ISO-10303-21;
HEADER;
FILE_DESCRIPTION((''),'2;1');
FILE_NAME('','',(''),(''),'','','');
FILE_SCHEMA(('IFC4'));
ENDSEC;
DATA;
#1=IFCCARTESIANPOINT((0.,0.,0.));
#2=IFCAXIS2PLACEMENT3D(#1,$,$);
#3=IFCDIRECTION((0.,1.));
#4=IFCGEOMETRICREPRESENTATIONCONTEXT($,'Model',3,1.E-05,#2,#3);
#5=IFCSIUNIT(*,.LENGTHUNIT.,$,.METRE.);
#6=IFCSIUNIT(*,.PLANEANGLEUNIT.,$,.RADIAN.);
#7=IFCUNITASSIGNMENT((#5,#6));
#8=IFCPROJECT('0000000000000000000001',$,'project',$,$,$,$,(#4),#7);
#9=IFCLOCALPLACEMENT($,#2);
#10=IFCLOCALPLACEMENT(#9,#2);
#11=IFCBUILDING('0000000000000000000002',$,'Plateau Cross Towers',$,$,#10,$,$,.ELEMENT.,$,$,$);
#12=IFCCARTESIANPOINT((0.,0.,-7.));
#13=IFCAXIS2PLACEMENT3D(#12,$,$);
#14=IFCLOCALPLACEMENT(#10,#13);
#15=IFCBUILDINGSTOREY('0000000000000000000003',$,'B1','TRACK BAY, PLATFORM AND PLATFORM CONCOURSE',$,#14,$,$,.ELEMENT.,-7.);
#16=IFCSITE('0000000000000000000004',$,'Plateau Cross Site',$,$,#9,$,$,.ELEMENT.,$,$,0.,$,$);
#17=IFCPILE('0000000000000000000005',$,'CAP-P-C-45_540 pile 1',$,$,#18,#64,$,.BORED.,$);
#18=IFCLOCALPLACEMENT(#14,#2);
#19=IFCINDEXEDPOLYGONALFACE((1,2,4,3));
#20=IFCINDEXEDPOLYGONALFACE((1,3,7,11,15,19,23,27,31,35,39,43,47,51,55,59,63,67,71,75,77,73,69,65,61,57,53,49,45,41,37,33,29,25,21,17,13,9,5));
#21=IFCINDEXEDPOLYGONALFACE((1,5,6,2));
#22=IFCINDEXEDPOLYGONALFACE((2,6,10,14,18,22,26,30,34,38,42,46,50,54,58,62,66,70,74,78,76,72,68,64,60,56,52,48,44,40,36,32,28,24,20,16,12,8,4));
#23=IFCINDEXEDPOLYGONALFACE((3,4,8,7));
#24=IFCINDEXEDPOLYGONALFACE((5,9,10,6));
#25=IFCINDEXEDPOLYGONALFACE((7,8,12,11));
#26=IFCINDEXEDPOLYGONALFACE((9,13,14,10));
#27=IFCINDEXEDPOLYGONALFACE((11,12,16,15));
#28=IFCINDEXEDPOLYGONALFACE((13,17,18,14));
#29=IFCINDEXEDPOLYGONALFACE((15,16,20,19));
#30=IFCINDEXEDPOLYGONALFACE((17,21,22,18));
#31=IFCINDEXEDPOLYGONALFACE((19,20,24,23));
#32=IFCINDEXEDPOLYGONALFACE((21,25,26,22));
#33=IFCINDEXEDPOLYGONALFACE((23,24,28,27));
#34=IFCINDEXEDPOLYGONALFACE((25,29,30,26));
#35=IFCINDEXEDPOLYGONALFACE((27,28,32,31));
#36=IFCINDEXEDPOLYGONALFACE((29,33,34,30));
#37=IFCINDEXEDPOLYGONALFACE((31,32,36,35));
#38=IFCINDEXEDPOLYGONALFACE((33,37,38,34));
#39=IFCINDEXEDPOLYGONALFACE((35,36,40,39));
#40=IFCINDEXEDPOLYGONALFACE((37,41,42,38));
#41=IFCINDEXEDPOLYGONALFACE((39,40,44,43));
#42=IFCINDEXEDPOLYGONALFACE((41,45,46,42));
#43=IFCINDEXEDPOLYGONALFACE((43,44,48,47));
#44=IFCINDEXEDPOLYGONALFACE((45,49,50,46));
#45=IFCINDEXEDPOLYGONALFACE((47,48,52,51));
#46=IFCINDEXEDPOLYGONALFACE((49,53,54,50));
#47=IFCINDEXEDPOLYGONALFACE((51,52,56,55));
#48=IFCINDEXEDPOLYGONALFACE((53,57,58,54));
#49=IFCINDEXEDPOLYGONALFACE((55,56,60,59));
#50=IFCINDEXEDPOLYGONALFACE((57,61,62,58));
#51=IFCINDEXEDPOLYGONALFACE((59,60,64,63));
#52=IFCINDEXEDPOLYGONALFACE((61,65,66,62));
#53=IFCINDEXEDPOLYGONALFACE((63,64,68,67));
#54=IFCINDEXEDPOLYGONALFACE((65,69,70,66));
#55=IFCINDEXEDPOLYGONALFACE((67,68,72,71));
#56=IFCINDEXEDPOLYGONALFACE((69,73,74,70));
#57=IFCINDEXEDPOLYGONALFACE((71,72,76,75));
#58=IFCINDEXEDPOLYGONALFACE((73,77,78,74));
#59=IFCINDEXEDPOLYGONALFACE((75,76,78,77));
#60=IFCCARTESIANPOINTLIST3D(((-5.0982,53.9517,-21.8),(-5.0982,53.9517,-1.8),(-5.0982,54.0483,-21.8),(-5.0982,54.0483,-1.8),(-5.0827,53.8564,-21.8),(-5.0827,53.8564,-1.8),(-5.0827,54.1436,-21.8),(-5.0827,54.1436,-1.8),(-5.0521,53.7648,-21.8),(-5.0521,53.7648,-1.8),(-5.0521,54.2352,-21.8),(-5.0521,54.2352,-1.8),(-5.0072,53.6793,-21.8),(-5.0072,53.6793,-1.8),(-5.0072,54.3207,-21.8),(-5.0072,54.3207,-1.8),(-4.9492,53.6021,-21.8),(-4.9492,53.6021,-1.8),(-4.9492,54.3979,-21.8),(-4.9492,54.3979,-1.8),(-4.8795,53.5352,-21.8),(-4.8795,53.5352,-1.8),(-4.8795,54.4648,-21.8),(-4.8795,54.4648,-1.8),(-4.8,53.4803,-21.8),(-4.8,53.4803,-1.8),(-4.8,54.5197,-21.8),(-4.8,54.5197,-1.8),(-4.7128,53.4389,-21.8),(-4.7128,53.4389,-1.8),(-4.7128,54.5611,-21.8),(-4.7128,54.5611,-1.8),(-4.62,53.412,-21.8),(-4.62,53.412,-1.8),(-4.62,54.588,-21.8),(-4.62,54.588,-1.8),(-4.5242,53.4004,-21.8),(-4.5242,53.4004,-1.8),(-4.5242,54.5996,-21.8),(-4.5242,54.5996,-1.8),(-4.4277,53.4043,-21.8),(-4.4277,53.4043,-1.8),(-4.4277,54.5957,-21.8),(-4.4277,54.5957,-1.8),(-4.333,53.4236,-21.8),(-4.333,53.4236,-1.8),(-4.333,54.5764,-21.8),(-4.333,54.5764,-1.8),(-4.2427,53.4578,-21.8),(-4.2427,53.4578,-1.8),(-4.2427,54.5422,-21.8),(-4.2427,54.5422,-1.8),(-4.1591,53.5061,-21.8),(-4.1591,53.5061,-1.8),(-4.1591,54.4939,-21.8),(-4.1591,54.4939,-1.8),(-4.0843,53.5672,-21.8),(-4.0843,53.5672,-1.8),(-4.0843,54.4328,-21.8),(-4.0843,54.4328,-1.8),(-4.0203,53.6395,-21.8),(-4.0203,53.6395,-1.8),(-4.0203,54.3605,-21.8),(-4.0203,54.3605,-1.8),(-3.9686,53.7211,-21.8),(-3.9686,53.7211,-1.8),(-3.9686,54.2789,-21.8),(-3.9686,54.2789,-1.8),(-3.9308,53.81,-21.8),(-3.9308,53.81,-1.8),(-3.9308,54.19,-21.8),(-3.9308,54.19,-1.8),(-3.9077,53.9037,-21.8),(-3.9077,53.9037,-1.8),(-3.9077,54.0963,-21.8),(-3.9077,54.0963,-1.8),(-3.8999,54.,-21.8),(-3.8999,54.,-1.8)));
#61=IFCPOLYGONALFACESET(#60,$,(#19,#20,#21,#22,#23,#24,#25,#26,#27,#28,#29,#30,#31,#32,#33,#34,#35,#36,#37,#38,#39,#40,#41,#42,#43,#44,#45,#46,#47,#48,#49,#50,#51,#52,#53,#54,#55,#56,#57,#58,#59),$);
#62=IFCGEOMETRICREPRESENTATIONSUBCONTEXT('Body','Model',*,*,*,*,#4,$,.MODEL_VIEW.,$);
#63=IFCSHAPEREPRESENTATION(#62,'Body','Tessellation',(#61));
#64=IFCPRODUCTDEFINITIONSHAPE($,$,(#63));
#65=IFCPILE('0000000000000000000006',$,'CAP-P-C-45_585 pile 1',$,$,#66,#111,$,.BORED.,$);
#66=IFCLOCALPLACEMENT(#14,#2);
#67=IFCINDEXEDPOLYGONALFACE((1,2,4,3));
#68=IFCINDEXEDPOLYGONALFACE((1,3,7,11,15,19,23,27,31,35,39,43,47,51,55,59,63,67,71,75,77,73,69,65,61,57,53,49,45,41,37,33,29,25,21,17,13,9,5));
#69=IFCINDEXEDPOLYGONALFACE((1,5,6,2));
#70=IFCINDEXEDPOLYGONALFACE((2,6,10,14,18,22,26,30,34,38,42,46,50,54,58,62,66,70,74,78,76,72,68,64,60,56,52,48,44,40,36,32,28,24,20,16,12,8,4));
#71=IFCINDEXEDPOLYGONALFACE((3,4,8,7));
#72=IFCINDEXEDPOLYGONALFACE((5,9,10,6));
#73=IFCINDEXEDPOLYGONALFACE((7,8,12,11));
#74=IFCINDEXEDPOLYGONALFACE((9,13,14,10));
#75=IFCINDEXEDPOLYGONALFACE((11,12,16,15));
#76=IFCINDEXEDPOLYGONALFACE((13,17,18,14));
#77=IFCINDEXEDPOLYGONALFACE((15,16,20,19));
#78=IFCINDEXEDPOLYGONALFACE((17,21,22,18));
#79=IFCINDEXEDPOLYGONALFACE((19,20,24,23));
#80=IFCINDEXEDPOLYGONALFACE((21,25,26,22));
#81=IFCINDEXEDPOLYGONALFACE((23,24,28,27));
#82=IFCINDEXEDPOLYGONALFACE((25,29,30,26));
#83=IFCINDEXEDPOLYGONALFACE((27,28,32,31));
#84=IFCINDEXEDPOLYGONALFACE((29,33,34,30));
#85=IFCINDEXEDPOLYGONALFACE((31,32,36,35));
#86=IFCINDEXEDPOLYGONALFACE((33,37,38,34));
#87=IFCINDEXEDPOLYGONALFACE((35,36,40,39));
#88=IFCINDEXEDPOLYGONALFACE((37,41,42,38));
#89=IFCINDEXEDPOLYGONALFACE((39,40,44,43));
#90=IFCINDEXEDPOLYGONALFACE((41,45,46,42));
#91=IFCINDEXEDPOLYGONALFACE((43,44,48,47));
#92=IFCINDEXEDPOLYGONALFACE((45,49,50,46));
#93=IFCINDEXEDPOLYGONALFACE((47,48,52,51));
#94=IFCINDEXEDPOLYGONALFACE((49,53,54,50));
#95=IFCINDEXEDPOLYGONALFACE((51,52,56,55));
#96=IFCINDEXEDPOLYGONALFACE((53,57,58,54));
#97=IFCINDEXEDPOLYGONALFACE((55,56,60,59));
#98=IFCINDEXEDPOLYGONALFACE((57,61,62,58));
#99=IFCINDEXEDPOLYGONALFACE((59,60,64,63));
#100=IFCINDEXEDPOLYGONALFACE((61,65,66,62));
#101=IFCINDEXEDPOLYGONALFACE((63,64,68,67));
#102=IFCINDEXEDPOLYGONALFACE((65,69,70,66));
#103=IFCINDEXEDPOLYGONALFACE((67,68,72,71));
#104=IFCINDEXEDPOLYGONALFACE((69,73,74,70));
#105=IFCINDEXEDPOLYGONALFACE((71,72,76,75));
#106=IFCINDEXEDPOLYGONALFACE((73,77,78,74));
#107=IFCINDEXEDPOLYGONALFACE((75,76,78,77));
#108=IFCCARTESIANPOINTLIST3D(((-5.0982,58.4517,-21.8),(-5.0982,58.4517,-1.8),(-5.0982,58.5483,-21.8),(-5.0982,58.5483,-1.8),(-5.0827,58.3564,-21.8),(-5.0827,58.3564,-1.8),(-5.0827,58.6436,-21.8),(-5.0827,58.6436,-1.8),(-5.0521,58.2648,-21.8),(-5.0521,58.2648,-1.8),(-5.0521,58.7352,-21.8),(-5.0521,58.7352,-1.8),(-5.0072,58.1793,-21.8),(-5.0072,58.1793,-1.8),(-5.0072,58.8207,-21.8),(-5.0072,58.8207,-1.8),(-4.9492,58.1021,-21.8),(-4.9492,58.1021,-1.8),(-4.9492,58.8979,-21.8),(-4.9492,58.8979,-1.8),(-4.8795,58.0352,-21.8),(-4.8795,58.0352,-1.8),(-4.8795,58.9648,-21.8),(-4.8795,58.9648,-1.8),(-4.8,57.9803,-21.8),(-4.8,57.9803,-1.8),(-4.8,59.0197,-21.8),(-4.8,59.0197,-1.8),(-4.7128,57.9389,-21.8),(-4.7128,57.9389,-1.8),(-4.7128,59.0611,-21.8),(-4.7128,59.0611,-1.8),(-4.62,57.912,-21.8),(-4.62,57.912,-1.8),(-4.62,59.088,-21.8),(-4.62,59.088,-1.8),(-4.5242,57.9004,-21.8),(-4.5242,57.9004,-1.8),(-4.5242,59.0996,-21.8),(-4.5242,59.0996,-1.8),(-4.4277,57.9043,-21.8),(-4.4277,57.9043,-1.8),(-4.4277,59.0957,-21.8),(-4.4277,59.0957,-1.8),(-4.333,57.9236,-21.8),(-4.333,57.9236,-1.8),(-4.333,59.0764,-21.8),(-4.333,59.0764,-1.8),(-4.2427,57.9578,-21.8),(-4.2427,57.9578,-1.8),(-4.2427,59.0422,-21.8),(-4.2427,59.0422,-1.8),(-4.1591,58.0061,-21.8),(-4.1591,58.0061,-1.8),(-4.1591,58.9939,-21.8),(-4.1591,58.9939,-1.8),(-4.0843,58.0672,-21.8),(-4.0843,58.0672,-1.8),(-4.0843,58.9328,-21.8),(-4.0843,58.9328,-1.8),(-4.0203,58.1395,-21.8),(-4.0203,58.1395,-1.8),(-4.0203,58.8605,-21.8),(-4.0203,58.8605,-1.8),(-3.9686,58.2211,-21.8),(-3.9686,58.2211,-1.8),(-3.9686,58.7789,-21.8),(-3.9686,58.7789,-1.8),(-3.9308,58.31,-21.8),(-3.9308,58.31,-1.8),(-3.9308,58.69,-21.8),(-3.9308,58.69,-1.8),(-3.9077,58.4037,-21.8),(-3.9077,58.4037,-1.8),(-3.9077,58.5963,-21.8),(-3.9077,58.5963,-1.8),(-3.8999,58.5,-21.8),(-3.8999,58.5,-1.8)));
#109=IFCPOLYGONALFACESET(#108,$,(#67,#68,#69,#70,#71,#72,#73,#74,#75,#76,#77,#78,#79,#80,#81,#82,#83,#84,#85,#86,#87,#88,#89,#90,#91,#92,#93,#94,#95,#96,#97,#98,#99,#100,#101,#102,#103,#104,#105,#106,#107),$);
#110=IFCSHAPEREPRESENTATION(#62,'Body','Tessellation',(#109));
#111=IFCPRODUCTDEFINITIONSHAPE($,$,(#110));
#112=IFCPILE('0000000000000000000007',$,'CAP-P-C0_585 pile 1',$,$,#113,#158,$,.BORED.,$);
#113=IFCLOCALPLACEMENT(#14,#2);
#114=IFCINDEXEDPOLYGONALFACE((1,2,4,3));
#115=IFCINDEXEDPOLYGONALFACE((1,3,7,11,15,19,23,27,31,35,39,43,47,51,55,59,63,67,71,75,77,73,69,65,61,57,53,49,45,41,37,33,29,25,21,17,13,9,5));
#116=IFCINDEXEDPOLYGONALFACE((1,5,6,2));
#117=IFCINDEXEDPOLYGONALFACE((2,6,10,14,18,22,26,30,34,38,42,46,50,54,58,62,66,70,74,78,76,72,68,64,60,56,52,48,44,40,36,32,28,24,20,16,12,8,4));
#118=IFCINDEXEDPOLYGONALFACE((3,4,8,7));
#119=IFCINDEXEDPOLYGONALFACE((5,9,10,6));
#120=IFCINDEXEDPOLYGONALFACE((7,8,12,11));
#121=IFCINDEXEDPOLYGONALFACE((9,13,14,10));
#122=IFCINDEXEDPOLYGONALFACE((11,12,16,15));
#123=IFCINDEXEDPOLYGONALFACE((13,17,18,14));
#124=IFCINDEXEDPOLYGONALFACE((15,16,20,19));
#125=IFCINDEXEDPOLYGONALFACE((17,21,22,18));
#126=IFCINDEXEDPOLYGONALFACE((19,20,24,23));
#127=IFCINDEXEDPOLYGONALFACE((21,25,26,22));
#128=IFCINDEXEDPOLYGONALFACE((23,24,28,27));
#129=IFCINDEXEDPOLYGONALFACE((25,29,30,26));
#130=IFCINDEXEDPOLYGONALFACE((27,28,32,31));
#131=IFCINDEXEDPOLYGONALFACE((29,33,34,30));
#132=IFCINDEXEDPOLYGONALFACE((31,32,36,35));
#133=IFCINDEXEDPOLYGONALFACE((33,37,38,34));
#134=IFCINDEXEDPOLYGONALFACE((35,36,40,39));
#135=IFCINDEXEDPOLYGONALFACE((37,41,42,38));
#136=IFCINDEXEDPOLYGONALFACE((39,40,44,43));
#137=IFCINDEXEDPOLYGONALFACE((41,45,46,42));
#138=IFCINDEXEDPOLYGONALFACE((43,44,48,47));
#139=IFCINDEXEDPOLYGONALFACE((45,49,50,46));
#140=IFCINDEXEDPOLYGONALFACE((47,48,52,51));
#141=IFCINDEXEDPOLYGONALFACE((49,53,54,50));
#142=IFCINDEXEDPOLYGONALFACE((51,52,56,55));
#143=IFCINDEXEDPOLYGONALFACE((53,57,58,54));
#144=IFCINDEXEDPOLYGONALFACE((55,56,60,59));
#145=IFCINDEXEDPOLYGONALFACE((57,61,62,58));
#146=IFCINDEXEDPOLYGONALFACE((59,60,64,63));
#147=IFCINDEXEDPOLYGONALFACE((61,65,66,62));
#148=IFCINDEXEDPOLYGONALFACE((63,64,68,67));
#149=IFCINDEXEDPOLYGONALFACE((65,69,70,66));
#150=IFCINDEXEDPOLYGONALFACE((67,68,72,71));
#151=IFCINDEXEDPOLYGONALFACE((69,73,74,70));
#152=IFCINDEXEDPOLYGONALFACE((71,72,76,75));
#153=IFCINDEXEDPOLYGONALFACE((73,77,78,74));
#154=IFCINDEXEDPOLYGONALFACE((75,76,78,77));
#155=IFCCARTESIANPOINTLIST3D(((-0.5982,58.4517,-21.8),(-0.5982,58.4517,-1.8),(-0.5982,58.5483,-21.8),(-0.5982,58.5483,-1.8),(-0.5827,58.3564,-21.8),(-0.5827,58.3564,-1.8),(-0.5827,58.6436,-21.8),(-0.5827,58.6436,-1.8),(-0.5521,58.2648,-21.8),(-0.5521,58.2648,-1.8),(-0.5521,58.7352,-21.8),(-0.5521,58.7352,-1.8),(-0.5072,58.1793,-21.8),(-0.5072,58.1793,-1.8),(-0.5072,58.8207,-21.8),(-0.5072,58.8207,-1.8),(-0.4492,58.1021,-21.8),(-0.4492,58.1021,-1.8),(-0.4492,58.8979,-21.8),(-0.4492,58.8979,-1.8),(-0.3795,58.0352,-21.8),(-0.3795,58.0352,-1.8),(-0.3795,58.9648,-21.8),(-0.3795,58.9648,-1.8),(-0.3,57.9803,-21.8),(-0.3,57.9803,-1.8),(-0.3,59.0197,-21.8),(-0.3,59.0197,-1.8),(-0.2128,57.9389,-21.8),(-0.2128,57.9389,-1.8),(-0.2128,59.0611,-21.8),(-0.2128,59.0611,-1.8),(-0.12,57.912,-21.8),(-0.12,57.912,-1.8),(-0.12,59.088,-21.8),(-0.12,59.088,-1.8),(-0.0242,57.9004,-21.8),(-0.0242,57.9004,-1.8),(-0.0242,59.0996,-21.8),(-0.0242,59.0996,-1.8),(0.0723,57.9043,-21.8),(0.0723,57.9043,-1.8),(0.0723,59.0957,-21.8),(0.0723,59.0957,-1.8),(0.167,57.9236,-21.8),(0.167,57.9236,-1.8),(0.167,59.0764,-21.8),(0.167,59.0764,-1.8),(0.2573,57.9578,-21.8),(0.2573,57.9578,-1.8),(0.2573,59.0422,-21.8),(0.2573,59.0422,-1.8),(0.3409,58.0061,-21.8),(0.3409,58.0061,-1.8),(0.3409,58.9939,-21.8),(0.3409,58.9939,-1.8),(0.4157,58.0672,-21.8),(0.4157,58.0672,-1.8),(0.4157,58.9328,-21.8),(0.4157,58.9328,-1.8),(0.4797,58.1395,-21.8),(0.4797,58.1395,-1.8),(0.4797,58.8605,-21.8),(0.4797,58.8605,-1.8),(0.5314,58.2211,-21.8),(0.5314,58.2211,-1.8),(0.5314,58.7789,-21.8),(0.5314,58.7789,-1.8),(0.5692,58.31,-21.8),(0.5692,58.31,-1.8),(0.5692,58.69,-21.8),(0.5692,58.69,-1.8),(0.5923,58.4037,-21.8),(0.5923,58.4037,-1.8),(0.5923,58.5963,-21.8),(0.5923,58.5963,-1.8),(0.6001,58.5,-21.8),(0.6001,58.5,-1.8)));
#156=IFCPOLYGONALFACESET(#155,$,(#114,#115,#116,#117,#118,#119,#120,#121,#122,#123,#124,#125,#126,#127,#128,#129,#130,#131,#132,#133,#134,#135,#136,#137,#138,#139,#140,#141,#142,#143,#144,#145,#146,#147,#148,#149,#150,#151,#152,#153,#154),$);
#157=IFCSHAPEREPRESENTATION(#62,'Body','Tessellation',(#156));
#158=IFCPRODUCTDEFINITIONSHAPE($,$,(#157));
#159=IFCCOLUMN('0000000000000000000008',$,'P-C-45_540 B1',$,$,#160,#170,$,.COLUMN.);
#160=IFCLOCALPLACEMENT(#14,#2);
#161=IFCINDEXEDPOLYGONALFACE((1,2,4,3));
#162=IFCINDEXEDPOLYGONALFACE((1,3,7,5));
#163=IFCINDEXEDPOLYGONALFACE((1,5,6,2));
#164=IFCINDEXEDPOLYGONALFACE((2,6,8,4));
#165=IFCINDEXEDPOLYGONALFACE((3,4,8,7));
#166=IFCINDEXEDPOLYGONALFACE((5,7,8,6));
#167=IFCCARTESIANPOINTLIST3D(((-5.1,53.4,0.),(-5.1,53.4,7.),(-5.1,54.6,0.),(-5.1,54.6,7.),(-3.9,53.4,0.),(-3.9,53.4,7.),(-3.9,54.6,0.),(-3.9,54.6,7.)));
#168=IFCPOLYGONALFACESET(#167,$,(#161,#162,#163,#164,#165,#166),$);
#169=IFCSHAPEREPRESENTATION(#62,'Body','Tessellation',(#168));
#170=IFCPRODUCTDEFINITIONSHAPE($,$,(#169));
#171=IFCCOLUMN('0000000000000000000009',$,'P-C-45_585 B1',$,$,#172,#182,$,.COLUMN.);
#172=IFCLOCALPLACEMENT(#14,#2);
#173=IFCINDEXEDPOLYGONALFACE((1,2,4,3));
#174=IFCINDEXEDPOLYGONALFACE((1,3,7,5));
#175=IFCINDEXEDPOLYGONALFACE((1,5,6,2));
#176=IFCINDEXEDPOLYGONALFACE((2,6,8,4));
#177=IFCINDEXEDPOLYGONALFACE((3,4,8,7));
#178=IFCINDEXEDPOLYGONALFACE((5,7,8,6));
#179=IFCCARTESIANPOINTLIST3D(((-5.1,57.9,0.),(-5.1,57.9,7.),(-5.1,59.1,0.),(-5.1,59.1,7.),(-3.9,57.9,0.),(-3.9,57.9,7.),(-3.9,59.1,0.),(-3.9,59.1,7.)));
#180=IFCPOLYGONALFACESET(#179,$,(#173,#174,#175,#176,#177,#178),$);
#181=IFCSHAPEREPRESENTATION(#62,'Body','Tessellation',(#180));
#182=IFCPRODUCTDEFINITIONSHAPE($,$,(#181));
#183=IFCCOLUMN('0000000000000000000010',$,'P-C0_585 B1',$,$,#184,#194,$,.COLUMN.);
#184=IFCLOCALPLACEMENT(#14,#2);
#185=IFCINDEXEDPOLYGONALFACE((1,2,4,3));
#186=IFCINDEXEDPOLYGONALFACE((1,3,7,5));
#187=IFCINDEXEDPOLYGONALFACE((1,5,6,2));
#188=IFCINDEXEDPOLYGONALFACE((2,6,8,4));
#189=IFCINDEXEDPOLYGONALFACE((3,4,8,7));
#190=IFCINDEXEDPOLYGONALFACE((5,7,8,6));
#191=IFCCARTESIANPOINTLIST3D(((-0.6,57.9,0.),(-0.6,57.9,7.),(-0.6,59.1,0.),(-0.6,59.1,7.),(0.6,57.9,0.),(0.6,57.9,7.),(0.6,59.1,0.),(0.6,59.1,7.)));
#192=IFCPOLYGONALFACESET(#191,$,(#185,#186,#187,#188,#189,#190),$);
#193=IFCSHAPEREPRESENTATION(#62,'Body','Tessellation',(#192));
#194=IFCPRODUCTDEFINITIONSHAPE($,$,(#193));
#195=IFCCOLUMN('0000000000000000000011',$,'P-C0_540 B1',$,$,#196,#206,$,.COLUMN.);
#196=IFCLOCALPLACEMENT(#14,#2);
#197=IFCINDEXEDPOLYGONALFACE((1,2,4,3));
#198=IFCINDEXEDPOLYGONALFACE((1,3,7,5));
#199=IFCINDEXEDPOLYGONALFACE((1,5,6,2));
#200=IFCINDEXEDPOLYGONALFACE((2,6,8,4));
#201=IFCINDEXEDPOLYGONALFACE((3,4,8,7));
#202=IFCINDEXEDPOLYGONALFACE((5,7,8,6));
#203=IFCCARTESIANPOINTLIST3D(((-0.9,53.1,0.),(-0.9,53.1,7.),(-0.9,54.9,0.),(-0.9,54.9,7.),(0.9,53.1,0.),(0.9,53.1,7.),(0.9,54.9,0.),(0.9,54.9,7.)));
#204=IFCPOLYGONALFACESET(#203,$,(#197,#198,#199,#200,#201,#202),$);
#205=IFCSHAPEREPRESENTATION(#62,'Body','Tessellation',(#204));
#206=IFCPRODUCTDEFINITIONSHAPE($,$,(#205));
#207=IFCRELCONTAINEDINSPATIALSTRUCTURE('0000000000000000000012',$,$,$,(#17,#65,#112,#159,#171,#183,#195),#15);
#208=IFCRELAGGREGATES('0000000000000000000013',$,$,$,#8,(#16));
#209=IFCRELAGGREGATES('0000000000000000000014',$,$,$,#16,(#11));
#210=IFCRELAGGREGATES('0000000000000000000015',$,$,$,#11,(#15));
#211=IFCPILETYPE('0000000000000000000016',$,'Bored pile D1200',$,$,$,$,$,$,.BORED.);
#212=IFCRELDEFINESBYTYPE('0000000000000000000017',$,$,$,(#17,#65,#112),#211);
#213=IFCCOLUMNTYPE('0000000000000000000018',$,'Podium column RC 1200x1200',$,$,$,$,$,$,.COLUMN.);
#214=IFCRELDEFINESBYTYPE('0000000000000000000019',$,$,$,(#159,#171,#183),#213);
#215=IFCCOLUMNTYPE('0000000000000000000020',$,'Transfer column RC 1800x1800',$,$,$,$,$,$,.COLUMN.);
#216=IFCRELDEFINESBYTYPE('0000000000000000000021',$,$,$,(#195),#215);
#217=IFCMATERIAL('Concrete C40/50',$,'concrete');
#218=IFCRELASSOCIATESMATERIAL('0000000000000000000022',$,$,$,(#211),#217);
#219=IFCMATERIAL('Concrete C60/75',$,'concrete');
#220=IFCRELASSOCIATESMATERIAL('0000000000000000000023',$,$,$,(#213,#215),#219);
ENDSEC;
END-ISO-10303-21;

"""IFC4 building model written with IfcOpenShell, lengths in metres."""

from ifc_helpers import new_model, si_unit, direction, frame, origin, origin_2d, place, context, subcontext, project, spatial, rectangle, circle, extrude, material, material_profile, profile_set, type_object, element, save


model = new_model("IFC4")

# Units and contexts
model_context = context("Model", 3, precision=1e-05, world=origin(), true_north=direction((0.0, 1.0)))
body_context = subcontext(model_context, "Body", "Model", "MODEL_VIEW")
ifc_project = project(units=[si_unit("LENGTHUNIT", "METRE"), si_unit("PLANEANGLEUNIT", "RADIAN")], contexts=[model_context])

# Site, building, storey
site_placement = place(None, origin())
site = spatial("IfcSite", under=ifc_project, at=site_placement, Name="Plateau Cross Site", CompositionType="ELEMENT", RefElevation=0.0)
building_placement = place(site_placement, origin())
building = spatial("IfcBuilding", under=site, at=building_placement, Name="Plateau Cross Towers", CompositionType="ELEMENT")
storey_placement = place(building_placement, frame((0.0, 0.0, -7.0)))
storey = spatial("IfcBuildingStorey", under=building, at=storey_placement, Name="B1", Description="TRACK BAY, PLATFORM AND PLATFORM CONCOURSE", CompositionType="ELEMENT", Elevation=-7.0)

# Piles
ifc_material_1 = material(Name="Concrete C40/50", Category="concrete")
ifc_material_profile_1 = material_profile(ifc_material_1, circle(Radius=0.6001, at=origin_2d()), Name="Bored pile D1200")
ifc_profile_set_1 = profile_set([ifc_material_profile_1], Name="Concrete C40/50")
pile_type = type_object("IfcPileType", Name="Bored pile D1200", PredefinedType="BORED", material=ifc_profile_set_1)
for number, where, z_axis, x_axis, name in (
    (1, (-4.5, 54.0, -1.8), (0.0, 0.0, -1.0), (1.0, 0.0, 0.0), "CAP-P-C-45_540 pile 1"),
    (2, (-4.5, 58.5, -1.8), (0.0, 0.0, -1.0), (1.0, 0.0, 0.0), "CAP-P-C-45_585 pile 1"),
    (3, (0.0, 58.5, -1.8), (0.0, 0.0, -1.0), (1.0, 0.0, 0.0), "CAP-P-C0_585 pile 1"),
):
    element("IfcPile", number, at=place(storey_placement, frame(where, z_axis=z_axis, x_axis=x_axis)), inside=storey, type_object=pile_type, Name=name, PredefinedType="BORED", context=body_context, shape_type="SweptSolid", body=[
        extrude(circle(Radius=0.6001, at=origin_2d()), origin(), (0.0, 0.0, 1.0), 20.0),
    ])

# Columns
ifc_material_2 = material(Name="Concrete C60/75", Category="concrete")
ifc_material_profile_2 = material_profile(ifc_material_2, rectangle(XDim=1.2, YDim=1.2, at=origin_2d()), Name="RC 1200x1200")
ifc_profile_set_2 = profile_set([ifc_material_profile_2], Name="Concrete C60/75")
column_type_1 = type_object("IfcColumnType", Name="Podium column RC 1200x1200", PredefinedType="COLUMN", material=ifc_profile_set_2)
for number, where, z_axis, x_axis, name in (
    (4, (-4.5, 54.0, 0.0), (0.0, 0.0, 1.0), (1.0, 0.0, 0.0), "P-C-45_540 B1"),
    (5, (-4.5, 58.5, 0.0), (0.0, 0.0, 1.0), (1.0, 0.0, 0.0), "P-C-45_585 B1"),
    (6, (0.0, 58.5, 0.0), (0.0, 0.0, 1.0), (1.0, 0.0, 0.0), "P-C0_585 B1"),
):
    element("IfcColumn", number, at=place(storey_placement, frame(where, z_axis=z_axis, x_axis=x_axis)), inside=storey, type_object=column_type_1, Name=name, PredefinedType="COLUMN", context=body_context, shape_type="SweptSolid", body=[
        extrude(rectangle(XDim=1.2, YDim=1.2, at=origin_2d()), origin(), (0.0, 0.0, 1.0), 7.0),
    ])
ifc_material_profile_3 = material_profile(ifc_material_2, rectangle(XDim=1.8, YDim=1.8, at=origin_2d()), Name="RC 1800x1800")
ifc_profile_set_3 = profile_set([ifc_material_profile_3], Name="Concrete C60/75")
column_type_2 = type_object("IfcColumnType", Name="Transfer column RC 1800x1800", PredefinedType="COLUMN", material=ifc_profile_set_3)
column_placement = place(storey_placement, frame((0.0, 54.0, 0.0), z_axis=(0.0, 0.0, 1.0), x_axis=(1.0, 0.0, 0.0)))
element("IfcColumn", 7, at=column_placement, inside=storey, type_object=column_type_2, Name="P-C0_540 B1", PredefinedType="COLUMN", context=body_context, shape_type="SweptSolid", body=[
    extrude(rectangle(XDim=1.8, YDim=1.8, at=origin_2d()), origin(), (0.0, 0.0, 1.0), 7.0),
])

save(model, "model.ifc")
